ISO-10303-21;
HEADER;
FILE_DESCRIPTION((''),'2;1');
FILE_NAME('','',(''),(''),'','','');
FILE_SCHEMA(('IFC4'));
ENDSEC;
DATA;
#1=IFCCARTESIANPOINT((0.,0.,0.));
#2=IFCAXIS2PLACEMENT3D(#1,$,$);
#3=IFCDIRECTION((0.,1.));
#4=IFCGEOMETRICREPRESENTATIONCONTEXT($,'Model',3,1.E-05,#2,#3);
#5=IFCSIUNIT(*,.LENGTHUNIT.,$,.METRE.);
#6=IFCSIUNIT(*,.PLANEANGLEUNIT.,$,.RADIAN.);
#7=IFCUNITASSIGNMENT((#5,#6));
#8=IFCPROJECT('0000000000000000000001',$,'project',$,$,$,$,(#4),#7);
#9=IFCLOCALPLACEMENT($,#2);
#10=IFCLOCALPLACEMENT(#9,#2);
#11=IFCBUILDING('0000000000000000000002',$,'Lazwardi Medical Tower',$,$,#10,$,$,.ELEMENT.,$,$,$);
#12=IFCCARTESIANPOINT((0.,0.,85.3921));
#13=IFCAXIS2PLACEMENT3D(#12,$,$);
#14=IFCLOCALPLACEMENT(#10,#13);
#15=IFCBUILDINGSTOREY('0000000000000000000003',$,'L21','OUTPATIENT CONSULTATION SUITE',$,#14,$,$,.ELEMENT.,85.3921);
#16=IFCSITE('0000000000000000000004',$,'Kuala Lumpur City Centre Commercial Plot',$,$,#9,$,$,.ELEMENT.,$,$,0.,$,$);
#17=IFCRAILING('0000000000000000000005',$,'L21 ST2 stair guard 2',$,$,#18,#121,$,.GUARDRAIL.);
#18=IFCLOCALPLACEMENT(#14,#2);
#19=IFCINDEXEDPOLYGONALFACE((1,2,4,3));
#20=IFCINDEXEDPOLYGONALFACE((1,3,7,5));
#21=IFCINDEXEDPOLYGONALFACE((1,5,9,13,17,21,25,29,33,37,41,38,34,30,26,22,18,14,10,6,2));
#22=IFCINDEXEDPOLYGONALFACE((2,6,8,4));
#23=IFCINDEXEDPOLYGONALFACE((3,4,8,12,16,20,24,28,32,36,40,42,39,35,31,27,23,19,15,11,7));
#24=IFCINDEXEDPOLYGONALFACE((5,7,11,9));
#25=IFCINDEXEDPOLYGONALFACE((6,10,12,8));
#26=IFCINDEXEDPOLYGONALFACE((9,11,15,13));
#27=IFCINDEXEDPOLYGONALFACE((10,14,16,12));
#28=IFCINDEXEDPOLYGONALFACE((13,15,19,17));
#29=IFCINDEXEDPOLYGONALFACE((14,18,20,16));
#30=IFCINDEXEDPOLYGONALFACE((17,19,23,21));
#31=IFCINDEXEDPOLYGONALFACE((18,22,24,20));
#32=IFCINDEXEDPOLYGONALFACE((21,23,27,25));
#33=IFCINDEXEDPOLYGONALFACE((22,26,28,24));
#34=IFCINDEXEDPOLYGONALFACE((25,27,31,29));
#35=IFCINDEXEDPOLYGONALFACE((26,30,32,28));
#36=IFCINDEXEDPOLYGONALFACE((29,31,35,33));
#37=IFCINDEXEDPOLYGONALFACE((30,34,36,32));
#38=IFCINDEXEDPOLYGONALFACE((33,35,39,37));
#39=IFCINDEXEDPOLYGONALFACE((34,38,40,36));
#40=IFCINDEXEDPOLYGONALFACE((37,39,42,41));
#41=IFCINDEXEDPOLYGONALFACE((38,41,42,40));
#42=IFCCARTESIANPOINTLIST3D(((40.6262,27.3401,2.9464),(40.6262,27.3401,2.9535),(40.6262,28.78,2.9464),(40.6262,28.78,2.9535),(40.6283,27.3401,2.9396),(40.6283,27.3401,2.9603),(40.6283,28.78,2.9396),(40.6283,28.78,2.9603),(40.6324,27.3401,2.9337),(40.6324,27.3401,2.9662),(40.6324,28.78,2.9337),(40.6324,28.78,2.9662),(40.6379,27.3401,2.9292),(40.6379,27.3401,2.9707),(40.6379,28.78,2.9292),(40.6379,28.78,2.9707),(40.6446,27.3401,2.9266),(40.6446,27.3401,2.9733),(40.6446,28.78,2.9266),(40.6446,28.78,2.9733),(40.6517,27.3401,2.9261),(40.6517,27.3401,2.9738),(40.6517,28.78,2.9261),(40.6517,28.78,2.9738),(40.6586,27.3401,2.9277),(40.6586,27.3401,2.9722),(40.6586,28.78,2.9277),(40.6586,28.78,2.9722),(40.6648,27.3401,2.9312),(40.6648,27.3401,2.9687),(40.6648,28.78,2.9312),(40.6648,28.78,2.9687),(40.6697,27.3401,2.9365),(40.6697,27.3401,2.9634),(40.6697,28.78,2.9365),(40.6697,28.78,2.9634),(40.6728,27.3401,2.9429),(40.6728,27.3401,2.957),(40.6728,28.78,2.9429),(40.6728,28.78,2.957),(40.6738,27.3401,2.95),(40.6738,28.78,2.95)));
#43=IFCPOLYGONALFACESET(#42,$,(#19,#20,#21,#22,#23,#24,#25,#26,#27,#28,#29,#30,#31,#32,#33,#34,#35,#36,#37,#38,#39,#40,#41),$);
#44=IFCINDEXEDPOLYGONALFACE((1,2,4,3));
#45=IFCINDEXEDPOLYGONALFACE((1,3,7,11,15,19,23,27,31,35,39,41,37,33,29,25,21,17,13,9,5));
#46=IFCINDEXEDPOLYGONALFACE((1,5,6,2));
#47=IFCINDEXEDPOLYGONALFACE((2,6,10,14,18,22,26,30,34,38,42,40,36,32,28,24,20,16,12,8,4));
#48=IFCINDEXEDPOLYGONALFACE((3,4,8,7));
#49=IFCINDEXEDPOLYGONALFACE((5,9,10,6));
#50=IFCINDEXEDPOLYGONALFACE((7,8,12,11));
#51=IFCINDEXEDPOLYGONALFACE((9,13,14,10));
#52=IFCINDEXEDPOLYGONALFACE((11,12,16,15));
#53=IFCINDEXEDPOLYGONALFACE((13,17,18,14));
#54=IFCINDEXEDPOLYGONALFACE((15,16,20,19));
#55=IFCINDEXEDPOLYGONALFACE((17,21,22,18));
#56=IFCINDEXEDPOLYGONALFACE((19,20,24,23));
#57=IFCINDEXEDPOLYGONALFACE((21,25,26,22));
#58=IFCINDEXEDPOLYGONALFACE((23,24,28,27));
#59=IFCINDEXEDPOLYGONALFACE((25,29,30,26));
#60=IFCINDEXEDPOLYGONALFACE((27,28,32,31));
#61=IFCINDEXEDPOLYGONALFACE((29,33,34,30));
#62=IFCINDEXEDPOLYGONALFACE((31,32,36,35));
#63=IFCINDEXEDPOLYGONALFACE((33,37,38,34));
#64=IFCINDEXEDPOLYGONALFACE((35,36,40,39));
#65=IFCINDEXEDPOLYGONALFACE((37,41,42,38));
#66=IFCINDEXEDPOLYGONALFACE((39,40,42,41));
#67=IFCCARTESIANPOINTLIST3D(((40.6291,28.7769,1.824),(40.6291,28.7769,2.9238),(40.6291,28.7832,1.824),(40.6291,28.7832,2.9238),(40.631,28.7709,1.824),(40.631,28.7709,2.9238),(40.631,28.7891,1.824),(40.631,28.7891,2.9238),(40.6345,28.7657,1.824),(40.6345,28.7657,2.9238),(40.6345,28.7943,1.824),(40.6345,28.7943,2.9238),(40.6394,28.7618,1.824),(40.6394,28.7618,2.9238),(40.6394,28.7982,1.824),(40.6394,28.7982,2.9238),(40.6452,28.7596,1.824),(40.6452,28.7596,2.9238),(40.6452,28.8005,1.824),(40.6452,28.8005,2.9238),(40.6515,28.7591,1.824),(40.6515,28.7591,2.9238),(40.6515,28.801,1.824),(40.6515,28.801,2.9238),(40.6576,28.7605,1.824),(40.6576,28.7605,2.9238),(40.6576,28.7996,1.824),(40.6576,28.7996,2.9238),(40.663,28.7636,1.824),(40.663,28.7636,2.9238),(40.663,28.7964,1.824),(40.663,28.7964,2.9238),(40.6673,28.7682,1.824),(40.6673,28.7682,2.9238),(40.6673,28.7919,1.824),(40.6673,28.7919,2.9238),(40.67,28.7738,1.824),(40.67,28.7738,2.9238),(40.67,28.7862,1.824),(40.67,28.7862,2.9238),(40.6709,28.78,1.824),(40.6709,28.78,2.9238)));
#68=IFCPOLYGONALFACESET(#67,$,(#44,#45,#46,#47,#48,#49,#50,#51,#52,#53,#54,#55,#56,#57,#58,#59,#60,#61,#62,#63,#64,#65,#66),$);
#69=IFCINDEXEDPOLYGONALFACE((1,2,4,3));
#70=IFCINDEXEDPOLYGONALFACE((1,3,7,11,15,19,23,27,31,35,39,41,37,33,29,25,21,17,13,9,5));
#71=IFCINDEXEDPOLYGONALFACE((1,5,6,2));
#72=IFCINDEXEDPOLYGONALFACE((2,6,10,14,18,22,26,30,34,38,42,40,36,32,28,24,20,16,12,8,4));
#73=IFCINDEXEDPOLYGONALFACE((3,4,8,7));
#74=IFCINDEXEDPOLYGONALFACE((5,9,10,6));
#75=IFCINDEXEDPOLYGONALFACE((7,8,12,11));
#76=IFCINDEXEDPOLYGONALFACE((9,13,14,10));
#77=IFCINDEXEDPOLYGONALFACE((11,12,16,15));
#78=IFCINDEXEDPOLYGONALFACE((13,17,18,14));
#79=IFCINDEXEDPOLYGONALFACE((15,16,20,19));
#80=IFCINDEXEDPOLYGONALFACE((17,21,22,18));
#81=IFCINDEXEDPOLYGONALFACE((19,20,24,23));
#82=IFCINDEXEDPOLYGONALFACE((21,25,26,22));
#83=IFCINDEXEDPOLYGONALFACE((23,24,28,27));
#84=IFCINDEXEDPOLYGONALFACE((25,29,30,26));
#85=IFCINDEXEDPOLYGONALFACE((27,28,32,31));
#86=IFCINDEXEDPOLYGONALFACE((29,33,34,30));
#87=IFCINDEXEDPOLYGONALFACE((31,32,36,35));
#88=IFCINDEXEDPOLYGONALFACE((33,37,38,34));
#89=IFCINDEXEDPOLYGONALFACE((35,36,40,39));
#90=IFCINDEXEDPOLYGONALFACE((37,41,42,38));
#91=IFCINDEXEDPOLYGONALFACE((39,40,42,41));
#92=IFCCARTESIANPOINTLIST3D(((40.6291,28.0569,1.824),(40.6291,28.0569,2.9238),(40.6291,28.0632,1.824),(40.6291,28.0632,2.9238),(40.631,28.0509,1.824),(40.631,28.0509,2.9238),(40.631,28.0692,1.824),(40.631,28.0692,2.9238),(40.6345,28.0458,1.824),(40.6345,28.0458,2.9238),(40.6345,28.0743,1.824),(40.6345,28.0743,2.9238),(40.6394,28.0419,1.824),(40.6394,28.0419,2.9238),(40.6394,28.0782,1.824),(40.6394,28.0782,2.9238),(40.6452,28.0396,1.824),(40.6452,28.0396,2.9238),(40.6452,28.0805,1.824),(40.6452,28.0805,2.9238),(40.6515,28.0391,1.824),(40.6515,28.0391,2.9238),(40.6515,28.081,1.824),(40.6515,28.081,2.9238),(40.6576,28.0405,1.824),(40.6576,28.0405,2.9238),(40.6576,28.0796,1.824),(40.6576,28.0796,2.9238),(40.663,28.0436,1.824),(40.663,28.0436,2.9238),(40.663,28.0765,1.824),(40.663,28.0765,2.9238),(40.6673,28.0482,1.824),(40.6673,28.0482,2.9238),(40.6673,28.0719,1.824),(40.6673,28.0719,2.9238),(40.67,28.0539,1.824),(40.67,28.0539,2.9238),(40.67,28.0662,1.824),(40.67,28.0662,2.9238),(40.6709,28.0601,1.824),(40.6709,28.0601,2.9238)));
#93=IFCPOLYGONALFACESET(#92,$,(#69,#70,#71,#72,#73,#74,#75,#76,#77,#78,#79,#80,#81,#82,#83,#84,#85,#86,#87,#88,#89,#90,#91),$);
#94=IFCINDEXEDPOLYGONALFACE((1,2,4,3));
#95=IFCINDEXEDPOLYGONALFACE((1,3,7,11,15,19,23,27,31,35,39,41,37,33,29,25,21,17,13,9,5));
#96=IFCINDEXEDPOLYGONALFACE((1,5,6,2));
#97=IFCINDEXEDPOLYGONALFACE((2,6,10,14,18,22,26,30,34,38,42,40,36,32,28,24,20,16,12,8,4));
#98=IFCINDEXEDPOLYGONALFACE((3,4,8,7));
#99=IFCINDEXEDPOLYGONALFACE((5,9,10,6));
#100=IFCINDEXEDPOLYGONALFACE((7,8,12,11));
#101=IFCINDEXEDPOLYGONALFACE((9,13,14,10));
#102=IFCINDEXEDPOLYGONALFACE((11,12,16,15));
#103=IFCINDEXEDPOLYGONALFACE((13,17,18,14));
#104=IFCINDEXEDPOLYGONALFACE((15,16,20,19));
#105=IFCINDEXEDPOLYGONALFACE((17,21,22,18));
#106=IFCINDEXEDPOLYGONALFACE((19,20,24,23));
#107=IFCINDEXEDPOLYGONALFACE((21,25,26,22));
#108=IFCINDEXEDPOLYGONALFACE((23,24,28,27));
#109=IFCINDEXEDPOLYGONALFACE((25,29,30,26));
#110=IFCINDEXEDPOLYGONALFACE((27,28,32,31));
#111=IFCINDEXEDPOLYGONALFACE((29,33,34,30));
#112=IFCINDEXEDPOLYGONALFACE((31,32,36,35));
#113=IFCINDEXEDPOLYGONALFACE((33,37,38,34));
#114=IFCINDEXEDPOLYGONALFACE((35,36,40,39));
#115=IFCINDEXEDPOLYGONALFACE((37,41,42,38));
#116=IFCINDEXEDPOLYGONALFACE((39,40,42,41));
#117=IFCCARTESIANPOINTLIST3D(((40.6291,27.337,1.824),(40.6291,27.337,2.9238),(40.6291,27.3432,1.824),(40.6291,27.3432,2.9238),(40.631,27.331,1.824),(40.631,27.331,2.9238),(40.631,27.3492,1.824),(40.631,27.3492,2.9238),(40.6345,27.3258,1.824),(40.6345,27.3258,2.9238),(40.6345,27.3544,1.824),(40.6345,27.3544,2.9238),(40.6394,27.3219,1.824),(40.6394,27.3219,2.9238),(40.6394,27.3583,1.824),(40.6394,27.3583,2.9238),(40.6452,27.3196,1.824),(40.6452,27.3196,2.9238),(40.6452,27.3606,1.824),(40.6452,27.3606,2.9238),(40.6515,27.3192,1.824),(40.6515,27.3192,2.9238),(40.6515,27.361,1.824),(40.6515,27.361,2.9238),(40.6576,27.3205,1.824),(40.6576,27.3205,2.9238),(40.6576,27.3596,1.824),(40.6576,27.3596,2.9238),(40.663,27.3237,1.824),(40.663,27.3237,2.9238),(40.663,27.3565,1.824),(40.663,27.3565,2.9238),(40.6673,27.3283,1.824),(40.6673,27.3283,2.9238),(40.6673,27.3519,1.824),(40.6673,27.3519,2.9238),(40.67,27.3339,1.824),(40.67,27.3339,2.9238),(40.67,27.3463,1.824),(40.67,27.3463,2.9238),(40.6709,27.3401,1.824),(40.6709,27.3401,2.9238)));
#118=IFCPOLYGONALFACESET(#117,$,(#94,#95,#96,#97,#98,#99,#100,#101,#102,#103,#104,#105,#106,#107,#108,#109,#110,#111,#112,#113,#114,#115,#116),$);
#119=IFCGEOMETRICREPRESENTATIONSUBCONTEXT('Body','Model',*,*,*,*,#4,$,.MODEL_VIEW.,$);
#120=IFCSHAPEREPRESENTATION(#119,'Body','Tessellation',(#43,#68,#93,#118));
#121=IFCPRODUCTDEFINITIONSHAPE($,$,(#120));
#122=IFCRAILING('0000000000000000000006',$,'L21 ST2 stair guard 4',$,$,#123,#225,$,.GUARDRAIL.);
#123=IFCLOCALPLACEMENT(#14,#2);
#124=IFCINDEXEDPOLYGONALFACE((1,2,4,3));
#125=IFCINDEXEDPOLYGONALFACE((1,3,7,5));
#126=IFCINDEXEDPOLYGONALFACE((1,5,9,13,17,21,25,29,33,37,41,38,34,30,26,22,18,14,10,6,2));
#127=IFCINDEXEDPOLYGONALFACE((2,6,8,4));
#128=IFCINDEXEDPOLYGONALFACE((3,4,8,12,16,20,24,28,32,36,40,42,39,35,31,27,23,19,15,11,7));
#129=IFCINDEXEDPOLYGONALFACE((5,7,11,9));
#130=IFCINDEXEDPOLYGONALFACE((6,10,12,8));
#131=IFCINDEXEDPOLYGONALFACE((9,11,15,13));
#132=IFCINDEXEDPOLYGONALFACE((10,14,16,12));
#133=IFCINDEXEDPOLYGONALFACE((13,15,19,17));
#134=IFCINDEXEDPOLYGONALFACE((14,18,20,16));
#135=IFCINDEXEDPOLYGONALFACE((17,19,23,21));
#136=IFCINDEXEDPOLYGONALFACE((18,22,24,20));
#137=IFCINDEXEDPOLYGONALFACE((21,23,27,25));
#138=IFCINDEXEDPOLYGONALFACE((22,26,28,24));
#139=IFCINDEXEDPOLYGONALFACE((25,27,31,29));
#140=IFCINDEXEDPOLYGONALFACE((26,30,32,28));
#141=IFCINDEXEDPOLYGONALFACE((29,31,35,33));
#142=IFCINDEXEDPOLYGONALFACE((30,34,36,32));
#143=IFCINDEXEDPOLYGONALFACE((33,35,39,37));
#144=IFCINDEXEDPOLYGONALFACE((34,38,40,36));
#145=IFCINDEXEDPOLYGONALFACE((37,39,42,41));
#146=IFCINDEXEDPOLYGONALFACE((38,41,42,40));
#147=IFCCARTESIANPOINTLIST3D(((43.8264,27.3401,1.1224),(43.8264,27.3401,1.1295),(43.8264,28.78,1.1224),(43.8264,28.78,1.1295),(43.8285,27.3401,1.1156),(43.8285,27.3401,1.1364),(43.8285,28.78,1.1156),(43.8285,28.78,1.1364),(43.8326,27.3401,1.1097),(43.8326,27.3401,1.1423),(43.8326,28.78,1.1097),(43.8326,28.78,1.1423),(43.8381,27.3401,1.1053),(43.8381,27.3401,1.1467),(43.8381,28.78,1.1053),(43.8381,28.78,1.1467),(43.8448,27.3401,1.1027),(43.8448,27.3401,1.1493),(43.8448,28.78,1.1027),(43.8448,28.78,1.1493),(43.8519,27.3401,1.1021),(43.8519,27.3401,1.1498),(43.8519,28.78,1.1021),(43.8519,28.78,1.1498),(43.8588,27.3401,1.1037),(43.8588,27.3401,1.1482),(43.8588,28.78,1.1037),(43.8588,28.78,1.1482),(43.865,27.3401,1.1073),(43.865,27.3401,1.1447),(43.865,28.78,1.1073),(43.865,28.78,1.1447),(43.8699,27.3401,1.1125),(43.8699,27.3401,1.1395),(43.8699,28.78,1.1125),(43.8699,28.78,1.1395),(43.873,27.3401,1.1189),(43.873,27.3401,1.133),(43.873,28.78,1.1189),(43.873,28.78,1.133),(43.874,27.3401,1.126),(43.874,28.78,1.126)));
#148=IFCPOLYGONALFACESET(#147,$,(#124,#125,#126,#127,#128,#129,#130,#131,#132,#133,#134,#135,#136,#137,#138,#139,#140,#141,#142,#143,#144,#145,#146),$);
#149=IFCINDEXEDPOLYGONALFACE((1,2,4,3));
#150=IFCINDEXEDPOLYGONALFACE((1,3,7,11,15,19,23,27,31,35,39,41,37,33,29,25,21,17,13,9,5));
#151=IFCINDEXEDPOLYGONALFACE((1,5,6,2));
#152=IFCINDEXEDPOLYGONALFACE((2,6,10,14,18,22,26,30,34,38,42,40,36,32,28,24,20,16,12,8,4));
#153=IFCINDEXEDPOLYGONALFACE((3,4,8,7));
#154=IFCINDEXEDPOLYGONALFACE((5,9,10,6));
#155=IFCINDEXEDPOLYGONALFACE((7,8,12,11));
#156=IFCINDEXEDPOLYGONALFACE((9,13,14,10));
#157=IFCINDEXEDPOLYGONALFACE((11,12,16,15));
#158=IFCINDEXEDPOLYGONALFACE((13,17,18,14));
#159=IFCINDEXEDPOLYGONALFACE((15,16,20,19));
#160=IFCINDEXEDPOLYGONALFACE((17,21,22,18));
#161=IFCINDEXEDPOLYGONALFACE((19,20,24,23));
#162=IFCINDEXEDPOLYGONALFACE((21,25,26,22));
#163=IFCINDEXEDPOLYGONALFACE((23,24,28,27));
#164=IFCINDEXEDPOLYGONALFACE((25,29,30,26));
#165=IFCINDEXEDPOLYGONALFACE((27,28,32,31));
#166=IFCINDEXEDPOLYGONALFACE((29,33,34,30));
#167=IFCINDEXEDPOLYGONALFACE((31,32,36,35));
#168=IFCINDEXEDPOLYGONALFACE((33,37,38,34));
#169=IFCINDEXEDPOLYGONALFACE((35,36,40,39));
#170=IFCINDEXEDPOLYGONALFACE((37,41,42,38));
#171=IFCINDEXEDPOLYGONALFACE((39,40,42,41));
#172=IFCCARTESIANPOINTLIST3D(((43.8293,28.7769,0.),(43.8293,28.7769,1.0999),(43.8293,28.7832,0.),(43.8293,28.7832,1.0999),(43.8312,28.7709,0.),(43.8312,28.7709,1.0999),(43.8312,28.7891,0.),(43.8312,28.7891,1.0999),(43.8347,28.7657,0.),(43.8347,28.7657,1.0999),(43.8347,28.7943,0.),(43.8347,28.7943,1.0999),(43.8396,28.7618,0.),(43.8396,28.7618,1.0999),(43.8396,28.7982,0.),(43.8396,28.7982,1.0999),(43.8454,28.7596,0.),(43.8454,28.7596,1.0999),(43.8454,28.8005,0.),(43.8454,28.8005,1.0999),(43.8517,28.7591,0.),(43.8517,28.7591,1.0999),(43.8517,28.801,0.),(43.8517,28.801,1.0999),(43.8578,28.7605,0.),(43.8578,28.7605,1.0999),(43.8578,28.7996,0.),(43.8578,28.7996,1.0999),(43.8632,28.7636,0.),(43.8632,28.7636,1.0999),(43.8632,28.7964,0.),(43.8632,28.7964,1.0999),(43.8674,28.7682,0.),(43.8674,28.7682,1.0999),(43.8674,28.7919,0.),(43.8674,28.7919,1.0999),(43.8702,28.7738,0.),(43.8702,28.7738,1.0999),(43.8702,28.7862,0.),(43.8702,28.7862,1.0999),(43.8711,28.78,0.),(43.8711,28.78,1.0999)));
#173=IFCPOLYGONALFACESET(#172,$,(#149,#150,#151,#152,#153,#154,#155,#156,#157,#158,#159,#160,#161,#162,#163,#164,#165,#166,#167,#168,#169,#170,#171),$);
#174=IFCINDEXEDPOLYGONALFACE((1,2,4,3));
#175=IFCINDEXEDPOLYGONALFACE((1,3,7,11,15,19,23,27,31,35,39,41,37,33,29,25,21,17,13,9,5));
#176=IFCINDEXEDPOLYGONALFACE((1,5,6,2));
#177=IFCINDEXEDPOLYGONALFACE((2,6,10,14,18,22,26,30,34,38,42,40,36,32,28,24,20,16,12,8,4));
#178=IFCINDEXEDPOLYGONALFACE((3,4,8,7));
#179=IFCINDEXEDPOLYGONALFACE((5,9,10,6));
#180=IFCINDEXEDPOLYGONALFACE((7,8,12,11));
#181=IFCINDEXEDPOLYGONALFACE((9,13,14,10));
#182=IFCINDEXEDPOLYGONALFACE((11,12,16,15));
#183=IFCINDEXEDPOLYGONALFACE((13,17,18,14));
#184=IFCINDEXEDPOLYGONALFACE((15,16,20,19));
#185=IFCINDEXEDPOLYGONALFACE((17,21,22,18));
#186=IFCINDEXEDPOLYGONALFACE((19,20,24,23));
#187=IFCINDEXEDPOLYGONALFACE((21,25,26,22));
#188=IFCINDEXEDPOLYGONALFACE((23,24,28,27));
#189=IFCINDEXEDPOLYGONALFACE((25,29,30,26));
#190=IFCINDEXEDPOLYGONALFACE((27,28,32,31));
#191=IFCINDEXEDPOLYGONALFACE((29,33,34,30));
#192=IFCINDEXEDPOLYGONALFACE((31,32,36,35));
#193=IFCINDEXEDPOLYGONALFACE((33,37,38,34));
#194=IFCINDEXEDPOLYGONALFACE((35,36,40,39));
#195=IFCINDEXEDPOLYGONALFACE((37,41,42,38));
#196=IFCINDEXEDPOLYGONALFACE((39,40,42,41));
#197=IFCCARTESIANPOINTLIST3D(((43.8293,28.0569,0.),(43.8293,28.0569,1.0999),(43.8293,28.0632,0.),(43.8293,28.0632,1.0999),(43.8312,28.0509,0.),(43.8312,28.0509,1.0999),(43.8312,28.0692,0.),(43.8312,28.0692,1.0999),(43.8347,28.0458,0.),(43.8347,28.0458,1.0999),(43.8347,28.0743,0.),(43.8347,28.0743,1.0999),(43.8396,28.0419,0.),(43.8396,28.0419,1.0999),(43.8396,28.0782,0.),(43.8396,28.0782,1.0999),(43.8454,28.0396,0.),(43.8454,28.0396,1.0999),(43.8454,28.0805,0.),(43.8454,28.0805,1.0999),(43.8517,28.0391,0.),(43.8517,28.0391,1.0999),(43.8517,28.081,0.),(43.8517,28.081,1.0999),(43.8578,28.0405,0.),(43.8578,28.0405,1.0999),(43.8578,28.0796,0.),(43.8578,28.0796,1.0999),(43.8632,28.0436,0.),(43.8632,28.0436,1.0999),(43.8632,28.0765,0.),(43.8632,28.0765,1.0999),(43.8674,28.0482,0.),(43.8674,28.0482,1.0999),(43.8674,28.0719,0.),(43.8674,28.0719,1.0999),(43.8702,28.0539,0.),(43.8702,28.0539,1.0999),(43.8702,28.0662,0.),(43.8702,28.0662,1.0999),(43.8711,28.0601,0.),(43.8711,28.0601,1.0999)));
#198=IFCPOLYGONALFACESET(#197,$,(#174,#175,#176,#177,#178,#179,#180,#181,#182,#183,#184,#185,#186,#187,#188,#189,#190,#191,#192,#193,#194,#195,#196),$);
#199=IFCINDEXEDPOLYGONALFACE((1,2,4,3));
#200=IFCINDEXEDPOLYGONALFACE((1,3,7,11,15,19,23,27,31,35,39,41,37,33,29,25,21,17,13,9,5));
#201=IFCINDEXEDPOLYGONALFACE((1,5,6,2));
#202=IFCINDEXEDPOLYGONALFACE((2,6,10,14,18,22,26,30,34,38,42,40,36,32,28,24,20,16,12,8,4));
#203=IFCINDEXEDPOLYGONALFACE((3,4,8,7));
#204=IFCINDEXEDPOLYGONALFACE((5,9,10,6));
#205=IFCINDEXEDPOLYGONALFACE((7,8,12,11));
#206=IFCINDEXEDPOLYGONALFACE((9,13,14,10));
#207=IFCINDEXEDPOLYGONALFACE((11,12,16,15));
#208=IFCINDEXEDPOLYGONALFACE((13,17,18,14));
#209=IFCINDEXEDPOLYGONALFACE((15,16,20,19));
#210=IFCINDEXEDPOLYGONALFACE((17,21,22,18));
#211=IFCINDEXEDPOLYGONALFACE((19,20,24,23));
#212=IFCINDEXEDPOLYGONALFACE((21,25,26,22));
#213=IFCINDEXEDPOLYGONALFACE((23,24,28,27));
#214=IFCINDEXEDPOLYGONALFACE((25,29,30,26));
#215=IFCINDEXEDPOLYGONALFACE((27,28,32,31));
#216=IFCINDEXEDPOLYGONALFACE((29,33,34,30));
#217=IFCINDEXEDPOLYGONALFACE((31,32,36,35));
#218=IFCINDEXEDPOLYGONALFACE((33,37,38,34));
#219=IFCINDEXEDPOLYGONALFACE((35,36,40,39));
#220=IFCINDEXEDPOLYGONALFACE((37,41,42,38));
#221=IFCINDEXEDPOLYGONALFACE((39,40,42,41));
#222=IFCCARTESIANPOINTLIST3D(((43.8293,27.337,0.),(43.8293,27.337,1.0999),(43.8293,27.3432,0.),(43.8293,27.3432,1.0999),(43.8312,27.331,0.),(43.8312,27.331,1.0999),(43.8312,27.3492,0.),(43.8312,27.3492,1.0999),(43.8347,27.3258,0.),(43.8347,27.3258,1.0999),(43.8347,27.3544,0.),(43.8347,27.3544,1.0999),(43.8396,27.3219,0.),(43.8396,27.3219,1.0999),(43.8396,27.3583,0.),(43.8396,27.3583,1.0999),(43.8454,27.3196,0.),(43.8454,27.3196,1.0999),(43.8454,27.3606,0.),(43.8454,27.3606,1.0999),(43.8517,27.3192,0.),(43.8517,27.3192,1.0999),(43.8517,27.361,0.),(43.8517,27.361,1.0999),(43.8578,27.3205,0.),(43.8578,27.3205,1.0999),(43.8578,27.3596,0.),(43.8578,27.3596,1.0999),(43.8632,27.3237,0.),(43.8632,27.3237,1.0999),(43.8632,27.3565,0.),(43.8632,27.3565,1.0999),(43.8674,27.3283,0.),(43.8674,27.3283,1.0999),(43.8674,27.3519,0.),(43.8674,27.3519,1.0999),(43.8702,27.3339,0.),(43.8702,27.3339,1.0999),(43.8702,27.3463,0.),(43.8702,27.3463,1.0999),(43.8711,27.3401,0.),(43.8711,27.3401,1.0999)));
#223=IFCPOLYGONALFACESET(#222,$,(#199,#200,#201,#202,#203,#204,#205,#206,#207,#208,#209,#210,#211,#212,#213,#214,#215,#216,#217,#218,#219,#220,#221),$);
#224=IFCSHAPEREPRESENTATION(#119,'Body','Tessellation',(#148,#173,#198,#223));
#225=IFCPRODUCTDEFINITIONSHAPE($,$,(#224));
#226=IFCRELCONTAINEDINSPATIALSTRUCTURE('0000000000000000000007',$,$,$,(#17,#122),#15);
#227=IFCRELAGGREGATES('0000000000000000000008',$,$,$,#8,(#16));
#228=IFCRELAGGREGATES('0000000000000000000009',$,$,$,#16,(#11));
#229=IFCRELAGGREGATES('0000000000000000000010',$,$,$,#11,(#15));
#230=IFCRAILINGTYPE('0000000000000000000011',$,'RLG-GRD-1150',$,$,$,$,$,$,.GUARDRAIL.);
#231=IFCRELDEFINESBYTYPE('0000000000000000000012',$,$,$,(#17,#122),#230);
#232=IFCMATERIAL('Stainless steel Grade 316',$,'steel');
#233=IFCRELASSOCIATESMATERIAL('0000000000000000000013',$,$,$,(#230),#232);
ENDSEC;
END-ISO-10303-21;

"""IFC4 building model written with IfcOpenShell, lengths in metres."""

from ifc_helpers import new_model, si_unit, direction, frame, origin, origin_2d, place, context, subcontext, project, spatial, circle, extrude, material, type_object, element, save


model = new_model("IFC4")

# Units and contexts
model_context = context("Model", 3, precision=1e-05, world=origin(), true_north=direction((0.0, 1.0)))
body_context = subcontext(model_context, "Body", "Model", "MODEL_VIEW")
ifc_project = project(units=[si_unit("LENGTHUNIT", "METRE"), si_unit("PLANEANGLEUNIT", "RADIAN")], contexts=[model_context])

# Site, building, storey
site_placement = place(None, origin())
site = spatial("IfcSite", under=ifc_project, at=site_placement, Name="Kuala Lumpur City Centre Commercial Plot", CompositionType="ELEMENT", RefElevation=0.0)
building_placement = place(site_placement, origin())
building = spatial("IfcBuilding", under=site, at=building_placement, Name="Lazwardi Medical Tower", CompositionType="ELEMENT")
storey_placement = place(building_placement, frame((0.0, 0.0, 85.3921)))
storey = spatial("IfcBuildingStorey", under=building, at=storey_placement, Name="L21", Description="OUTPATIENT CONSULTATION SUITE", CompositionType="ELEMENT", Elevation=85.3921)

# Railings
ifc_material_1 = material(Name="Stainless steel Grade 316", Category="steel")
railing_type_1 = type_object("IfcRailingType", Name="RLG-GRD-1150", PredefinedType="GUARDRAIL", material=ifc_material_1)
for number, where, name in (
    (1, (40.6499, 28.78, 1.824), "L21 ST2 stair guard 2"),
    (2, (43.8501, 28.78, 0.0), "L21 ST2 stair guard 4"),
):
    element("IfcRailing", number, at=place(storey_placement, frame(where)), inside=storey, type_object=railing_type_1, Name=name, PredefinedType="GUARDRAIL", context=body_context, shape_type="SweptSolid", body=[
        extrude(circle(Radius=0.0239, at=origin_2d()), frame((0.0, 0.0, 1.126), z_axis=(0.0, -1.0, 0.0), x_axis=(1.0, 0.0, 0.0)), (0.0, 0.0, 1.0), 1.4399),
        extrude(circle(Radius=0.021, at=origin_2d()), origin(), (0.0, 0.0, 1.0), 1.0999),
        extrude(circle(Radius=0.021, at=origin_2d()), frame((0.0, -0.72, 0.0)), (0.0, 0.0, 1.0), 1.0999),
        extrude(circle(Radius=0.021, at=origin_2d()), frame((0.0, -1.4399, 0.0)), (0.0, 0.0, 1.0), 1.0999),
    ])

save(model, "model.ifc")
